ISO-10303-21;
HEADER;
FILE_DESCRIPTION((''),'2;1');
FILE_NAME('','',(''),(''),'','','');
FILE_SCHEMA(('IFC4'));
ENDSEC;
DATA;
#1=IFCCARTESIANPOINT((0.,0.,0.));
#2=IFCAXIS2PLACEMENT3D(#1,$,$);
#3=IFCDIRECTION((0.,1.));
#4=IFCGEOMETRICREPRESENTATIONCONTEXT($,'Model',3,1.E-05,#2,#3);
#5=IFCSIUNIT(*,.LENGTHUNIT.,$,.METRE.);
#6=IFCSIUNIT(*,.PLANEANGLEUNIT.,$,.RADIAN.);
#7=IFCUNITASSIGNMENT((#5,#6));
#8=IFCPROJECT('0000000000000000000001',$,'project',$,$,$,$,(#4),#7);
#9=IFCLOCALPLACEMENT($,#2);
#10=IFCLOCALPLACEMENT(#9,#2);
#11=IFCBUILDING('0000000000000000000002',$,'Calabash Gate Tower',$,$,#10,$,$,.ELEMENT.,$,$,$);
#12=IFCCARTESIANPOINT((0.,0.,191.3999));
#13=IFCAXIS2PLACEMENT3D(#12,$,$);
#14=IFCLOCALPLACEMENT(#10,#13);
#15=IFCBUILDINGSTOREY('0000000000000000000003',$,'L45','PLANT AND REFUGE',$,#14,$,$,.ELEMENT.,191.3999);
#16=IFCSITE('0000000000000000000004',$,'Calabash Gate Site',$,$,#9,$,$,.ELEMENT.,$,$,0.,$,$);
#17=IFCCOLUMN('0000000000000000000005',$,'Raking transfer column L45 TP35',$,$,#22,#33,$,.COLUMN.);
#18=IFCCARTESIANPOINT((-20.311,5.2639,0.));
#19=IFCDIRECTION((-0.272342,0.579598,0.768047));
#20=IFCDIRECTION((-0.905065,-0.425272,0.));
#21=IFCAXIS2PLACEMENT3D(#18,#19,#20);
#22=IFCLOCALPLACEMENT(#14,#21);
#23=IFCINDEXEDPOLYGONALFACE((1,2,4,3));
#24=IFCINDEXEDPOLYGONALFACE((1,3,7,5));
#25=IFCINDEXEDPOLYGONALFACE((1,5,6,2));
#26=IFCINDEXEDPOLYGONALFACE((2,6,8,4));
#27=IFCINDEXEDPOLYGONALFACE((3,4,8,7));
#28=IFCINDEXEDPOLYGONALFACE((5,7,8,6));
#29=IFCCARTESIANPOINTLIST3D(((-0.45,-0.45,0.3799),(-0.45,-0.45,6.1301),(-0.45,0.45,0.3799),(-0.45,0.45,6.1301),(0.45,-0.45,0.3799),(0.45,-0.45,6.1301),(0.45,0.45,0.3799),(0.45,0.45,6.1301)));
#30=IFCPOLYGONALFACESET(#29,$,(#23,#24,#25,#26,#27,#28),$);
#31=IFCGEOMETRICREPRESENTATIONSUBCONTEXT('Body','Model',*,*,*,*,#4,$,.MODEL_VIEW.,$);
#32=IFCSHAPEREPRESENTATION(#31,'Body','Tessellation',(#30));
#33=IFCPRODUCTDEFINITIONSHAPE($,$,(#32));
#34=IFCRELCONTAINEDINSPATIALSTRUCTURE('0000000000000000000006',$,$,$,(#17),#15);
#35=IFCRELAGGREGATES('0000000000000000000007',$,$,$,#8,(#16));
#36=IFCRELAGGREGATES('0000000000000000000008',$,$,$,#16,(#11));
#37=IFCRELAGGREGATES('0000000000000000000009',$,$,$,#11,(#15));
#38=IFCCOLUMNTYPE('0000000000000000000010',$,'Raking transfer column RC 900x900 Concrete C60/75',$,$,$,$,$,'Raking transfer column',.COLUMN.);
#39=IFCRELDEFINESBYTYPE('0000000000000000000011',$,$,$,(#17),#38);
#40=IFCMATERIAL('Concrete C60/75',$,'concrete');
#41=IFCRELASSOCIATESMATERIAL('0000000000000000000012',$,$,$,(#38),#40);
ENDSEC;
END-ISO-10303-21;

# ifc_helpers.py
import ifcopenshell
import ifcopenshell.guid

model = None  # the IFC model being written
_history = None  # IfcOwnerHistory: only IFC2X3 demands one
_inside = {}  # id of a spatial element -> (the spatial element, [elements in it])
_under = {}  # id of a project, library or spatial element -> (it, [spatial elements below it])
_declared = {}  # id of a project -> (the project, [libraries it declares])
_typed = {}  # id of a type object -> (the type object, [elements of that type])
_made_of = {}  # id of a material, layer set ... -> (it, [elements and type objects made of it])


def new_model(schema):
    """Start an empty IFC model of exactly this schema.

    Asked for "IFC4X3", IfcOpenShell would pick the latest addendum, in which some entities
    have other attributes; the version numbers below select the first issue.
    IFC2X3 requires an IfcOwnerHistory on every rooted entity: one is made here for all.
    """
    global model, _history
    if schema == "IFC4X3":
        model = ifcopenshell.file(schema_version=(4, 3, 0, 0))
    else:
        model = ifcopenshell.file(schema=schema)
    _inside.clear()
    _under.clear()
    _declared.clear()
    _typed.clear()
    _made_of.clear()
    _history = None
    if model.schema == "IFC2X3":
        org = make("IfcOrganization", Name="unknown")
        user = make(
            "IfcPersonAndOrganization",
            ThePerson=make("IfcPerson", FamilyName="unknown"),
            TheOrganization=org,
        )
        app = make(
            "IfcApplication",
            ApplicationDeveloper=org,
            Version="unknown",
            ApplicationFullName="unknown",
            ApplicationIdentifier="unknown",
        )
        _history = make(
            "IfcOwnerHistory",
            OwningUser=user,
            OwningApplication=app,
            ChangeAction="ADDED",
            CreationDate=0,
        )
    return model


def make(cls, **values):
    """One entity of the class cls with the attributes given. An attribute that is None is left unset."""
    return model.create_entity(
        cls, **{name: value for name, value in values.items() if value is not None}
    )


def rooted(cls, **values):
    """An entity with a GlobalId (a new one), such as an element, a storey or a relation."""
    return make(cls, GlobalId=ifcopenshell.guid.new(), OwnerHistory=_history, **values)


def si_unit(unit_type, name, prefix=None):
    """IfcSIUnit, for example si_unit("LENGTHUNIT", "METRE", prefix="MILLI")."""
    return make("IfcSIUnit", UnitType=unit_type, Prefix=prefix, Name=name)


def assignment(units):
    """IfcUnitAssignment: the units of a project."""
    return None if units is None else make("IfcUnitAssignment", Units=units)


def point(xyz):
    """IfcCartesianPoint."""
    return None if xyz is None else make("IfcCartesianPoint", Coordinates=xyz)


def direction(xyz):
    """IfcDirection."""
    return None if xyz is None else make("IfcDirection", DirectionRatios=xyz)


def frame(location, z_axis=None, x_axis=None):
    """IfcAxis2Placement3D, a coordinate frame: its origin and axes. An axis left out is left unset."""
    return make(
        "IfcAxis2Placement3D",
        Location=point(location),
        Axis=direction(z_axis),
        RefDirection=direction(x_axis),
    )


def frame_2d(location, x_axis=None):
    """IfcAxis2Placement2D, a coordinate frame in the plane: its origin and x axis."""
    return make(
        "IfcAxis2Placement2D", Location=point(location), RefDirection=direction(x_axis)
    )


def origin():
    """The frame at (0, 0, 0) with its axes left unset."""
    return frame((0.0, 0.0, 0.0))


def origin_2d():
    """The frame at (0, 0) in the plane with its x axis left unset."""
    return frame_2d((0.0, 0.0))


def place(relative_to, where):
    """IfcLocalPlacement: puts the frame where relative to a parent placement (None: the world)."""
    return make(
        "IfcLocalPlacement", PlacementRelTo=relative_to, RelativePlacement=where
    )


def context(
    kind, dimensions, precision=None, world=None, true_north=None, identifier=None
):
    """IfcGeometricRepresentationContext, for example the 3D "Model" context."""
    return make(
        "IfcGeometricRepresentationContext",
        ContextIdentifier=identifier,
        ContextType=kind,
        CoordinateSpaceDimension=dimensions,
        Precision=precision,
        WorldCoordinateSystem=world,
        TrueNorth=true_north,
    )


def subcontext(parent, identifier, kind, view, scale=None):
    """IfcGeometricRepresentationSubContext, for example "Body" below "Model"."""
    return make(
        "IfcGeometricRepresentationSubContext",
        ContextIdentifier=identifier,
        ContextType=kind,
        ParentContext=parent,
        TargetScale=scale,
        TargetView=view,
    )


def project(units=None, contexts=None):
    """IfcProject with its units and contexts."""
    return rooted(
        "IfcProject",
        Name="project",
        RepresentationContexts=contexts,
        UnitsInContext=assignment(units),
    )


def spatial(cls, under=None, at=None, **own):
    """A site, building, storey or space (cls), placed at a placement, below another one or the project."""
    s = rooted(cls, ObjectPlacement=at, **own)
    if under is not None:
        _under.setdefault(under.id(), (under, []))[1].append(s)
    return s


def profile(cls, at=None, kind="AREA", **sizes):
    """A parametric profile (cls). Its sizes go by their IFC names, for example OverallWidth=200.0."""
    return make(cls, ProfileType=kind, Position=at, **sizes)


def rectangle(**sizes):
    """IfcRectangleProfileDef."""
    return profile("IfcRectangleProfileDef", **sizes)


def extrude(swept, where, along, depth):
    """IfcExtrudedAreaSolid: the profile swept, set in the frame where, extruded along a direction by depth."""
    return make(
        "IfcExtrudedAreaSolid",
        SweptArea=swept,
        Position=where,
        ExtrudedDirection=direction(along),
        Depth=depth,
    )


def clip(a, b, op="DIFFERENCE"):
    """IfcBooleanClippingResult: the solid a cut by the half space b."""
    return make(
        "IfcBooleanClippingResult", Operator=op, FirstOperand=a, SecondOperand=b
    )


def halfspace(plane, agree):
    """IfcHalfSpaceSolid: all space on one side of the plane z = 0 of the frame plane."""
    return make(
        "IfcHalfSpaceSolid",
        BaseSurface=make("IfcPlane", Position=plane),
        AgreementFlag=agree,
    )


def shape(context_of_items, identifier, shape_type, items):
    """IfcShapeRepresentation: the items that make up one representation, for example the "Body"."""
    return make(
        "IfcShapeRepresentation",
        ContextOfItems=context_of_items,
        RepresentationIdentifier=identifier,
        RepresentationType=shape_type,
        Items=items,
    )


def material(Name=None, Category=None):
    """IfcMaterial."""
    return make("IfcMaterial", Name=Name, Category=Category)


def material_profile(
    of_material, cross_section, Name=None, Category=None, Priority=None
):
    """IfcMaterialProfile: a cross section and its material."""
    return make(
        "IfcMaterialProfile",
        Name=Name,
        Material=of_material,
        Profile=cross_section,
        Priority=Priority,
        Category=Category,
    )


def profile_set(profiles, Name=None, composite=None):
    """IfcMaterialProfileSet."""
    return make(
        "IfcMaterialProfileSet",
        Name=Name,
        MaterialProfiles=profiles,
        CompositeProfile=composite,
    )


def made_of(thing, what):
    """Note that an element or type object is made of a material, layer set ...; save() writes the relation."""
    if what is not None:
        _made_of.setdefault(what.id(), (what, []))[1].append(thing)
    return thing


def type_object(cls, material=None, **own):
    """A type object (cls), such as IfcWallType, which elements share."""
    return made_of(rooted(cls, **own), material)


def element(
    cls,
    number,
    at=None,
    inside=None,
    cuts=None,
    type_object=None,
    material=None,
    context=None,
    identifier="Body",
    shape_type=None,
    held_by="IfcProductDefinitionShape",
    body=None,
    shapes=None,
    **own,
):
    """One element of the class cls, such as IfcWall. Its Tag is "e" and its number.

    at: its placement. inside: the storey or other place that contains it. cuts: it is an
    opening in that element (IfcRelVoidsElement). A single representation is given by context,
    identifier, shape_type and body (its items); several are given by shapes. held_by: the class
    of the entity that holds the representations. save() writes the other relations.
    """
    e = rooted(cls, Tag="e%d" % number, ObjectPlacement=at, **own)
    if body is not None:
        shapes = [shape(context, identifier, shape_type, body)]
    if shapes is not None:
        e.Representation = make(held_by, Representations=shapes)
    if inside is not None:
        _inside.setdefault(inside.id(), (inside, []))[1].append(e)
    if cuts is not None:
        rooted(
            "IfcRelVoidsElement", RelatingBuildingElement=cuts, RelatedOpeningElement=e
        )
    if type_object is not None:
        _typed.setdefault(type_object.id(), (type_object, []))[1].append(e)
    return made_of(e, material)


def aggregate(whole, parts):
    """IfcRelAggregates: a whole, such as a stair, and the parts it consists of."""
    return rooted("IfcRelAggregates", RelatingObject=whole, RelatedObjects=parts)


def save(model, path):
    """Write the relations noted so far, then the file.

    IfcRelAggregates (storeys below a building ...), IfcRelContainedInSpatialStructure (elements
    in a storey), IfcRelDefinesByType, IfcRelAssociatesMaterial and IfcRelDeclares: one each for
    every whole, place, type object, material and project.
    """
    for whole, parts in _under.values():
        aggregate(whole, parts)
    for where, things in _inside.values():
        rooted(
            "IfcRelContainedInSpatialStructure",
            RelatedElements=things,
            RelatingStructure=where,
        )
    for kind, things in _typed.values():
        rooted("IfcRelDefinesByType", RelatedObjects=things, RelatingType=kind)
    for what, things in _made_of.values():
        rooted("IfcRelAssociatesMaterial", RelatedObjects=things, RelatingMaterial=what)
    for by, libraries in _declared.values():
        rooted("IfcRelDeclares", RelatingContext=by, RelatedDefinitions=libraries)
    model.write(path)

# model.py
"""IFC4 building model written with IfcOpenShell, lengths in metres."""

from ifc_helpers import new_model, si_unit, direction, frame, origin, origin_2d, place, context, subcontext, project, spatial, rectangle, extrude, clip, halfspace, material, material_profile, profile_set, type_object, element, save


model = new_model("IFC4")

# Units and contexts
model_context = context("Model", 3, precision=1e-05, world=origin(), true_north=direction((0.0, 1.0)))
body_context = subcontext(model_context, "Body", "Model", "MODEL_VIEW")
ifc_project = project(units=[si_unit("LENGTHUNIT", "METRE"), si_unit("PLANEANGLEUNIT", "RADIAN")], contexts=[model_context])

# Site, building, storey
site_placement = place(None, origin())
site = spatial("IfcSite", under=ifc_project, at=site_placement, Name="Calabash Gate Site", CompositionType="ELEMENT", RefElevation=0.0)
building_placement = place(site_placement, origin())
building = spatial("IfcBuilding", under=site, at=building_placement, Name="Calabash Gate Tower", CompositionType="ELEMENT")
storey_placement = place(building_placement, frame((0.0, 0.0, 191.3999)))
storey = spatial("IfcBuildingStorey", under=building, at=storey_placement, Name="L45", Description="PLANT AND REFUGE", CompositionType="ELEMENT", Elevation=191.3999)

# Column
ifc_material_1 = material(Name="Concrete C60/75", Category="concrete")
ifc_material_profile_1 = material_profile(ifc_material_1, rectangle(XDim=0.8999, YDim=0.8999, at=origin_2d()))
ifc_profile_set_1 = profile_set([ifc_material_profile_1], Name="Concrete C60/75")
column_type = type_object("IfcColumnType", Name="Raking transfer column RC 900x900 Concrete C60/75", ElementType="Raking transfer column", PredefinedType="COLUMN", material=ifc_profile_set_1)
column_placement = place(storey_placement, frame((-20.311, 5.2639, 0.0), z_axis=(-0.272342, 0.579598, 0.768047), x_axis=(-0.905065, -0.425272, 0.0)))
element("IfcColumn", 1, at=column_placement, inside=storey, type_object=column_type, Name="Raking transfer column L45 TP35", PredefinedType="COLUMN", context=body_context, shape_type="Clipping", body=[
    clip(clip(extrude(rectangle(XDim=0.8999, YDim=0.8999, at=origin_2d()), origin(), (0.0, 0.0, 1.0), 6.51), halfspace(frame((0.0, 0.0, 0.3799), z_axis=(0.0, 0.0, 1.0), x_axis=(1.0, 0.0, 0.0)), True)), halfspace(frame((0.0, 0.0, 6.1301), z_axis=(0.0, 0.0, 1.0), x_axis=(1.0, 0.0, 0.0)), False)),
])

save(model, "model.ifc")
